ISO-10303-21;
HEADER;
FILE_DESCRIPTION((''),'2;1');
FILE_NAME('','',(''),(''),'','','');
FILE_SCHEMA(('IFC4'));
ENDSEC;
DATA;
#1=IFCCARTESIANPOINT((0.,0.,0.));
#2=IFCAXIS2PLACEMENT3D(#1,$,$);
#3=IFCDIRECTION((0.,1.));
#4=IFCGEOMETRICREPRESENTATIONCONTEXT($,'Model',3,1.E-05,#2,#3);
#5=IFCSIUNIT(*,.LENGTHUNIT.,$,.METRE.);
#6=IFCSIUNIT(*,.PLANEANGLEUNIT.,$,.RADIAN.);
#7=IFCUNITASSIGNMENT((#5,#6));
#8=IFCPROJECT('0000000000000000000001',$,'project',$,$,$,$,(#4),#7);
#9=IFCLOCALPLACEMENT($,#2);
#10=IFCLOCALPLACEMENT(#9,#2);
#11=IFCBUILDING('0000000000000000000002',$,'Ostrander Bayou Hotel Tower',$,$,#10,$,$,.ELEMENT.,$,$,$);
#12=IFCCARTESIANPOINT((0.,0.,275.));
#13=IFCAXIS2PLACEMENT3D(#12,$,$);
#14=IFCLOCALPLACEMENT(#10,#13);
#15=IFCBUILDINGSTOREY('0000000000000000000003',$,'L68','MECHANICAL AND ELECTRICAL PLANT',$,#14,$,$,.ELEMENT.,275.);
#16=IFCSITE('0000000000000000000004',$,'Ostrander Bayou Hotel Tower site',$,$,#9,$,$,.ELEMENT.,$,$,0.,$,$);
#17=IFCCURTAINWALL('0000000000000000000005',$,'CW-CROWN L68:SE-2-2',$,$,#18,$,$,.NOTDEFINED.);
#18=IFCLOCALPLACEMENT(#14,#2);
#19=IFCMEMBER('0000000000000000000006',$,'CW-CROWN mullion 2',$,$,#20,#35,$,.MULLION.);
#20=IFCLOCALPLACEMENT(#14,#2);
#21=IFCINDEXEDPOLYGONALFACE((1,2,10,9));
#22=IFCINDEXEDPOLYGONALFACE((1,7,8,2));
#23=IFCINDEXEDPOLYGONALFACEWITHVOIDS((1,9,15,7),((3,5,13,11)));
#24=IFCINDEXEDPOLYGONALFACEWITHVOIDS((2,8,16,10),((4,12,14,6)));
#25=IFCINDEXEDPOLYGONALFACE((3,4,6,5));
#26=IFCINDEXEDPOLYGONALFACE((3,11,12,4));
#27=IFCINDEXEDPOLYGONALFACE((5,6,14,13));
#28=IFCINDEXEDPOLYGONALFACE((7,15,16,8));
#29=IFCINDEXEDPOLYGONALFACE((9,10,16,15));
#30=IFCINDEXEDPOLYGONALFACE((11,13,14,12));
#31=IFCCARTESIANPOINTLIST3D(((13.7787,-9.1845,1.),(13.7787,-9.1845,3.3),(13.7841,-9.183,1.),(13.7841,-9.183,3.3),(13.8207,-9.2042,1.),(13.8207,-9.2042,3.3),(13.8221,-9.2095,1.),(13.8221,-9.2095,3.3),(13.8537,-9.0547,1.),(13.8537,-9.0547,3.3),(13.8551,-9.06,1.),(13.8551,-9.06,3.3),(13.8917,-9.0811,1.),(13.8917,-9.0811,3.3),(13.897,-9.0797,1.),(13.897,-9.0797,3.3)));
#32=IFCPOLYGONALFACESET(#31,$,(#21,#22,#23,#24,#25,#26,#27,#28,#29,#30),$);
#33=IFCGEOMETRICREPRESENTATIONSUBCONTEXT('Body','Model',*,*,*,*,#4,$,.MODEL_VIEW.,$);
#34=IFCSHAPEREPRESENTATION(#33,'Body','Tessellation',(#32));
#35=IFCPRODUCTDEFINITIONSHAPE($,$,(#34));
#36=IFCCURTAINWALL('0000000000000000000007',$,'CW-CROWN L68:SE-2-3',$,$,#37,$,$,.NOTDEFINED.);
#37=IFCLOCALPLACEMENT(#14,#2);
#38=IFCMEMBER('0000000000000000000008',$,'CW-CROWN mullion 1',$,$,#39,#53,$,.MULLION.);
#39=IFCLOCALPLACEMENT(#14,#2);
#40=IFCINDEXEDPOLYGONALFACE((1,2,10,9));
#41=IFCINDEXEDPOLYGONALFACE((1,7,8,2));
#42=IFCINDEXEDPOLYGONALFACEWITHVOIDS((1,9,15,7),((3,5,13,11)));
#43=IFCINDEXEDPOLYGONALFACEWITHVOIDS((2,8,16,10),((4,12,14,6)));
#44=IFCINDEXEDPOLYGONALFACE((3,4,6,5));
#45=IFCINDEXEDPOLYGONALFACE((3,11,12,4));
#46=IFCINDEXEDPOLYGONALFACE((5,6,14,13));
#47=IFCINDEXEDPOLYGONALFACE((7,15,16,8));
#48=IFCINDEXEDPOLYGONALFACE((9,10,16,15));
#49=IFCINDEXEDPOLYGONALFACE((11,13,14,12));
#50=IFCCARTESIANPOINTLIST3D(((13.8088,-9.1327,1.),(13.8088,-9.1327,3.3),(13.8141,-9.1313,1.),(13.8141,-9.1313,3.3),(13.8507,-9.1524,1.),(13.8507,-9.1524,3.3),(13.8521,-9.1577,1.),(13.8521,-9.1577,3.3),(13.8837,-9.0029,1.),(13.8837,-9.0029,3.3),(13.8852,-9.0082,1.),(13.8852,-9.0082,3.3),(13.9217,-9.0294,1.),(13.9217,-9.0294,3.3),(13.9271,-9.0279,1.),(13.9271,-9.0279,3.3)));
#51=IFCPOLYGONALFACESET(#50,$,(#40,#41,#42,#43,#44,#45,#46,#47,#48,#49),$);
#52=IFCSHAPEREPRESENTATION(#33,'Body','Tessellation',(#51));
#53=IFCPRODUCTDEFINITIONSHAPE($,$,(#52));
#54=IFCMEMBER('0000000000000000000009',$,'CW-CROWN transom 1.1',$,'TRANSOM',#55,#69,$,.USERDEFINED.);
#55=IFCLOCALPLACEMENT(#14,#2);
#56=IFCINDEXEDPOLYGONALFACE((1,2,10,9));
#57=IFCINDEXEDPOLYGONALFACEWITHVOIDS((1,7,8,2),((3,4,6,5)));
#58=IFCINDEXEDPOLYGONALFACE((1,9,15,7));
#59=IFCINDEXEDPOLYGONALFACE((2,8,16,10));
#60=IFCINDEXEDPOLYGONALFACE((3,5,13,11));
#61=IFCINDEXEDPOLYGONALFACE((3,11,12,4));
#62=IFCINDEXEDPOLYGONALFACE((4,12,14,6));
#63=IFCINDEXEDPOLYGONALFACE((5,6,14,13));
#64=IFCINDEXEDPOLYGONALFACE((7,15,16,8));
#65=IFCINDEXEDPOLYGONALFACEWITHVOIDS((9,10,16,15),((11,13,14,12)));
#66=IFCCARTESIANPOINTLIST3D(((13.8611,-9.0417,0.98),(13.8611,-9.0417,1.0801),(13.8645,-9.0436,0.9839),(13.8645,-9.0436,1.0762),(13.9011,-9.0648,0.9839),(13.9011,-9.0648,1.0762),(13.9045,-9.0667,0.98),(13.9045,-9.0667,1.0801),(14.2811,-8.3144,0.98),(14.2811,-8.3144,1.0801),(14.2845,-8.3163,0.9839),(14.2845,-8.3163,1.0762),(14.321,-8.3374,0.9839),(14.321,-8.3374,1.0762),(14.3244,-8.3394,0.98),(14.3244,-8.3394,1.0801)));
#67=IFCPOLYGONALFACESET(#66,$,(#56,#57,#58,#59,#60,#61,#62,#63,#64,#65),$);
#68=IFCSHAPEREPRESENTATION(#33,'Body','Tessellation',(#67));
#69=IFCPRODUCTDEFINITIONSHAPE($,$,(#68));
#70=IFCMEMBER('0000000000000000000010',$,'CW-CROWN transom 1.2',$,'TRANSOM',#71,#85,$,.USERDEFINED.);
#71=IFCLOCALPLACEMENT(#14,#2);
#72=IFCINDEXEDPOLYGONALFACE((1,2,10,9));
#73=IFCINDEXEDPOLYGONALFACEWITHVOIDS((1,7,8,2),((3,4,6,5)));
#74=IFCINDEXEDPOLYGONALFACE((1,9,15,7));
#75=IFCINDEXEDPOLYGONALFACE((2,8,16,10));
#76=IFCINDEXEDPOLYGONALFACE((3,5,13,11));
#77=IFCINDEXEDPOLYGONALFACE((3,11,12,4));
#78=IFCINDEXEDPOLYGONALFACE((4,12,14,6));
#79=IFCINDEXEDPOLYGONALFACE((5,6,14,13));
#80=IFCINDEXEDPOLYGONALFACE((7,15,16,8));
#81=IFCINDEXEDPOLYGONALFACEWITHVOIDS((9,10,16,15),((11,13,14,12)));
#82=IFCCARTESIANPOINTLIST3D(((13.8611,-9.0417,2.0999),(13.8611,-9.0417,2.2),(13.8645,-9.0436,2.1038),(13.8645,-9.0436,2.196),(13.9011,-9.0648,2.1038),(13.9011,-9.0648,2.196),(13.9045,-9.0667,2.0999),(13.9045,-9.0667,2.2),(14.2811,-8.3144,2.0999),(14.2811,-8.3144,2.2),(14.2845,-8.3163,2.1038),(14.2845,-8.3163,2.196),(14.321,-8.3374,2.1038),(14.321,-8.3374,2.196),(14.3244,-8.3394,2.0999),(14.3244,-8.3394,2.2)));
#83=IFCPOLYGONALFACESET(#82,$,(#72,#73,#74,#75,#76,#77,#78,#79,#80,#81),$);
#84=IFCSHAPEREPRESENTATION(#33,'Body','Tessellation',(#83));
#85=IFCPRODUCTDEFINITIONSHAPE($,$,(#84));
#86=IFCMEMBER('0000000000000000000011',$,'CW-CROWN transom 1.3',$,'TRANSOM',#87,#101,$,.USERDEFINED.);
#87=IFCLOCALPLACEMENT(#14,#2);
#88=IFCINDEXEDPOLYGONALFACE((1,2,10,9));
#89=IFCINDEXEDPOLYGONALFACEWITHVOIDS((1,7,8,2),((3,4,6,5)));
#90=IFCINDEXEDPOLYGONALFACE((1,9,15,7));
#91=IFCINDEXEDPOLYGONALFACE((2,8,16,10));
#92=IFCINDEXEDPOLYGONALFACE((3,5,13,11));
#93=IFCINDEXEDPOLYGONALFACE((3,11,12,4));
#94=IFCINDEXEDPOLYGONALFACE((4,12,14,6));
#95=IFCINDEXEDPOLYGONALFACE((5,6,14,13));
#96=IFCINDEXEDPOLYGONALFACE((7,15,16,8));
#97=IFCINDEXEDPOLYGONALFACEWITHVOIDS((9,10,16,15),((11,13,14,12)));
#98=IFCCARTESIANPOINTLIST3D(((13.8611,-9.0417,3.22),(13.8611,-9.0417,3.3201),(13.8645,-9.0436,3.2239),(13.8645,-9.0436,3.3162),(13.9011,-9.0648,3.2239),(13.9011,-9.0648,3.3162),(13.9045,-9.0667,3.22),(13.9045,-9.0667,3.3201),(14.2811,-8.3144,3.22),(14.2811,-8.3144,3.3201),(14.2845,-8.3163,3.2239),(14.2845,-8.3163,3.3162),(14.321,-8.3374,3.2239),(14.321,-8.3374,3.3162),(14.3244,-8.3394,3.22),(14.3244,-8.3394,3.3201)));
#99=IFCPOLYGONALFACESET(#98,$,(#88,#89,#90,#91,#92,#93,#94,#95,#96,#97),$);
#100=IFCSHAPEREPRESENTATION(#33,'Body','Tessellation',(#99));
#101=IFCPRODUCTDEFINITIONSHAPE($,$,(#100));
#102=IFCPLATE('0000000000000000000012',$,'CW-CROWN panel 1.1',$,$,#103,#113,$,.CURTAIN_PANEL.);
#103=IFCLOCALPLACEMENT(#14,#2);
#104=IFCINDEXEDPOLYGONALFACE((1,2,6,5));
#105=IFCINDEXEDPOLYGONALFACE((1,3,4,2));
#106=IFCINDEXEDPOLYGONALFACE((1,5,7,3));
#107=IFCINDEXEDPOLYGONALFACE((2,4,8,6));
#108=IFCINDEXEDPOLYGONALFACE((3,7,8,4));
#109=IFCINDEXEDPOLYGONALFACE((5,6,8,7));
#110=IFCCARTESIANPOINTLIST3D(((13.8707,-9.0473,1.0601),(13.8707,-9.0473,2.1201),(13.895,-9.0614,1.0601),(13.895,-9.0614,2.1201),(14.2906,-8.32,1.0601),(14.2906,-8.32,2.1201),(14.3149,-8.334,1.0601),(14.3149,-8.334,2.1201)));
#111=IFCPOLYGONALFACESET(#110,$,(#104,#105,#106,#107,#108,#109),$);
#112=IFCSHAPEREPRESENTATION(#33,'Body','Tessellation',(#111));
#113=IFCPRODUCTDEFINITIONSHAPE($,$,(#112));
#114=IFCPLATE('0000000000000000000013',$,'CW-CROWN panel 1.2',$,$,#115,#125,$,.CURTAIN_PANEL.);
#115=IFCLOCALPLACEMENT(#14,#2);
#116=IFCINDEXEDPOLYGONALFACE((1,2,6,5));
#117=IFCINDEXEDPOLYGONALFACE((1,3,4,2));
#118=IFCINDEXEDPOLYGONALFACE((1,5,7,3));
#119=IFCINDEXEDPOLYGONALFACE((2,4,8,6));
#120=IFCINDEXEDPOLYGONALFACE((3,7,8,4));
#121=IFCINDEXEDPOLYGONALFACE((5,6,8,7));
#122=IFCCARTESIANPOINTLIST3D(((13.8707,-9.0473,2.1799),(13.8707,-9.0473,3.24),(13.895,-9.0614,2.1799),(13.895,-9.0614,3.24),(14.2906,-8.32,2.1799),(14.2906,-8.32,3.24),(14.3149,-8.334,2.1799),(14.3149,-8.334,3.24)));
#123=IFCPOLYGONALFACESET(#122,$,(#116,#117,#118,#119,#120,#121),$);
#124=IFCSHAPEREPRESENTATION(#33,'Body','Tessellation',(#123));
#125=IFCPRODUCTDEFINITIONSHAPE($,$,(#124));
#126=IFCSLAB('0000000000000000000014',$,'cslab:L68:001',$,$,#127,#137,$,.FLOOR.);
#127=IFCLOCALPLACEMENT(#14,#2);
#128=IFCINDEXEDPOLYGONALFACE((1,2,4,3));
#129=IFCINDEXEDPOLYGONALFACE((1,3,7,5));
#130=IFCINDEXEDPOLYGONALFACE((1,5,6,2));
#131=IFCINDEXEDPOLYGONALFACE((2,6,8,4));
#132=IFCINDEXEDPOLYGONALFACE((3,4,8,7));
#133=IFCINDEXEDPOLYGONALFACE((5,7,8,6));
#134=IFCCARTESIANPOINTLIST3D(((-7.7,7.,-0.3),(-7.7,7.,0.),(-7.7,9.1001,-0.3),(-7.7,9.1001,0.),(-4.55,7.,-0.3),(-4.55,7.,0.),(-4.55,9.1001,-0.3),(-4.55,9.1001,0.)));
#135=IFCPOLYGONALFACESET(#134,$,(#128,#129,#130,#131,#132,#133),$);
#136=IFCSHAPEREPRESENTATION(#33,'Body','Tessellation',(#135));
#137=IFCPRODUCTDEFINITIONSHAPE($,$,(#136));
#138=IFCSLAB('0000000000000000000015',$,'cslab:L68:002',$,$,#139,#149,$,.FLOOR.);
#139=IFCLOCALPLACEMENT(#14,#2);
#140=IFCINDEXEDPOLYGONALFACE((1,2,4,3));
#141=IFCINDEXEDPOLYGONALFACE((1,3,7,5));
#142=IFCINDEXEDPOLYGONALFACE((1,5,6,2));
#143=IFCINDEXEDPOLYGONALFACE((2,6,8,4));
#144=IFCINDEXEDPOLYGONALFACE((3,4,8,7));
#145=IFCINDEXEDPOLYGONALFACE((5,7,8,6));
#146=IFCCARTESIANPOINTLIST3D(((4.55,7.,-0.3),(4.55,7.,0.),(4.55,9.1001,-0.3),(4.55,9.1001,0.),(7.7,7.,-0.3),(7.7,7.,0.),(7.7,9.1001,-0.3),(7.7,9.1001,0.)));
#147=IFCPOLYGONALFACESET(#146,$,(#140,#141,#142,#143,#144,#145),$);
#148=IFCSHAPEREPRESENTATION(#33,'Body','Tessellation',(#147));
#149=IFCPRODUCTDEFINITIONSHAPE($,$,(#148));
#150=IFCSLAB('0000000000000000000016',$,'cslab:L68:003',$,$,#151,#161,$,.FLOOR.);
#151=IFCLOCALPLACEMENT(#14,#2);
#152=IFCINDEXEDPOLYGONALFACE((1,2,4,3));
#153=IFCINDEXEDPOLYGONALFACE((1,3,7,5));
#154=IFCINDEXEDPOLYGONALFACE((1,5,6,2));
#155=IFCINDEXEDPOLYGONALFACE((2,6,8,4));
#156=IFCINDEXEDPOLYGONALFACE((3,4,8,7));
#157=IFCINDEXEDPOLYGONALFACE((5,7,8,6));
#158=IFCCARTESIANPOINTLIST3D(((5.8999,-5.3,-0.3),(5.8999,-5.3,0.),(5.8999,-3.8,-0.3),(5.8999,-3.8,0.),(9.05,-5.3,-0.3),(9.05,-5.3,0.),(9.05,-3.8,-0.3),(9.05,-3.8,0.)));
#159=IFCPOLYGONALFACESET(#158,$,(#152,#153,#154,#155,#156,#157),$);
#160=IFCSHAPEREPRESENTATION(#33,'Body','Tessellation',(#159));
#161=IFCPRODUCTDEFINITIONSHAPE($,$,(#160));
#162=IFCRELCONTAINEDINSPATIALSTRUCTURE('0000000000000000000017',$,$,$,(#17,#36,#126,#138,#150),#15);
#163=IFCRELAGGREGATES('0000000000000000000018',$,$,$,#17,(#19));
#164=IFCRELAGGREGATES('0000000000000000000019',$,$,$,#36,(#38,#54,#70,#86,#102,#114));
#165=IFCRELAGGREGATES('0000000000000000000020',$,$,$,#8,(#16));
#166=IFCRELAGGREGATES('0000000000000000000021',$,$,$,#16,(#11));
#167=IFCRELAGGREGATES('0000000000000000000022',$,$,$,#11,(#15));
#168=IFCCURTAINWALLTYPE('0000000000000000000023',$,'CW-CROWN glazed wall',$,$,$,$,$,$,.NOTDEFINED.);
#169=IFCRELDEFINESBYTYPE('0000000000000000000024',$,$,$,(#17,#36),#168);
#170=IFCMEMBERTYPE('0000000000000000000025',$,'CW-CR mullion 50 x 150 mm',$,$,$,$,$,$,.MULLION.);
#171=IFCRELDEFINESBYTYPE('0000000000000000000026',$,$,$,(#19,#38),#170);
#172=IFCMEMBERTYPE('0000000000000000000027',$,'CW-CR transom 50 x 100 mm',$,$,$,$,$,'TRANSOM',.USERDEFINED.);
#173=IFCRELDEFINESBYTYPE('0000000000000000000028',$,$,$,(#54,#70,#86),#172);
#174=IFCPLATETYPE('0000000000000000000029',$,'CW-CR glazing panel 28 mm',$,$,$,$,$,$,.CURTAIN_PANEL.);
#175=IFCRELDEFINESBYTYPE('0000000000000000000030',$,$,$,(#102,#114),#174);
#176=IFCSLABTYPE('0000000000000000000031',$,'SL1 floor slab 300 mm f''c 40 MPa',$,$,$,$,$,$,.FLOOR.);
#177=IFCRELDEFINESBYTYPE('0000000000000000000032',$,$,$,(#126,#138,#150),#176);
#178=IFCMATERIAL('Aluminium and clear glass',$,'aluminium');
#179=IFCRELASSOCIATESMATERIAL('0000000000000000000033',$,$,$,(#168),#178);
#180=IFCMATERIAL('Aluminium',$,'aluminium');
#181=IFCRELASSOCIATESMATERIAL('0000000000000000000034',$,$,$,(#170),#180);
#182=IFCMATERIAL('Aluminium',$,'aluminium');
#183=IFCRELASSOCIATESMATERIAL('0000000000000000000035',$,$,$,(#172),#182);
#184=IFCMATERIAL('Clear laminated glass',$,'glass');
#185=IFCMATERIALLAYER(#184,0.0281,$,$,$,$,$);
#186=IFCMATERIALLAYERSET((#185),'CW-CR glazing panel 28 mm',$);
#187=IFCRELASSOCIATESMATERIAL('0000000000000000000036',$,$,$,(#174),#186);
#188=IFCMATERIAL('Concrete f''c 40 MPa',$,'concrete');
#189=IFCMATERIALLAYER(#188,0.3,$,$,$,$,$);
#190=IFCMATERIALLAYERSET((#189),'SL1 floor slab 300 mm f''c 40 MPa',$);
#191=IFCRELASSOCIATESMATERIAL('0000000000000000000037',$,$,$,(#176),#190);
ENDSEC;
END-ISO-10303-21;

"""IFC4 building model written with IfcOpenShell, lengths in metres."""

from ifc_helpers import new_model, si_unit, direction, frame, origin, origin_2d, place, context, subcontext, project, spatial, polyline, rectangle, hollow_rectangle, outline, extrude, material, layer, layer_set, material_profile, profile_set, type_object, element, aggregate, save


model = new_model("IFC4")

# Units and contexts
model_context = context("Model", 3, precision=1e-05, world=origin(), true_north=direction((0.0, 1.0)))
body_context = subcontext(model_context, "Body", "Model", "MODEL_VIEW")
ifc_project = project(units=[si_unit("LENGTHUNIT", "METRE"), si_unit("PLANEANGLEUNIT", "RADIAN")], contexts=[model_context])

# Site, building, storey
site_placement = place(None, origin())
site = spatial("IfcSite", under=ifc_project, at=site_placement, Name="Ostrander Bayou Hotel Tower site", CompositionType="ELEMENT", RefElevation=0.0)
building_placement = place(site_placement, origin())
building = spatial("IfcBuilding", under=site, at=building_placement, Name="Ostrander Bayou Hotel Tower", CompositionType="ELEMENT")
storey_placement = place(building_placement, frame((0.0, 0.0, 275.0)))
storey = spatial("IfcBuildingStorey", under=building, at=storey_placement, Name="L68", Description="MECHANICAL AND ELECTRICAL PLANT", CompositionType="ELEMENT", Elevation=275.0)

# Curtain wall, member
ifc_material_1 = material(Name="Aluminium and clear glass", Category="aluminium")
curtain_wall_type = type_object("IfcCurtainWallType", Name="CW-CROWN glazed wall", PredefinedType="NOTDEFINED", material=ifc_material_1)
curtain_wall_1_placement = place(storey_placement, origin())
curtain_wall_1 = element("IfcCurtainWall", 1, at=curtain_wall_1_placement, inside=storey, type_object=curtain_wall_type, Name="CW-CROWN L68:SE-2-2", PredefinedType="NOTDEFINED")
ifc_material_2 = material(Name="Aluminium", Category="aluminium")
ifc_material_profile_1 = material_profile(ifc_material_2, hollow_rectangle(XDim=0.05, YDim=0.1499, WallThickness=0.0039, at=origin_2d()))
ifc_profile_set_1 = profile_set([ifc_material_profile_1], Name="Aluminium")
member_type_1 = type_object("IfcMemberType", Name="CW-CR mullion 50 x 150 mm", PredefinedType="MULLION", material=ifc_profile_set_1)
member_1_placement = place(storey_placement, frame((13.8379, -9.1321, 1.0), z_axis=(0.0, 0.0, 1.0), x_axis=(-0.866022, 0.500005, 0.0)))
member_1 = element("IfcMember", 2, at=member_1_placement, type_object=member_type_1, Name="CW-CROWN mullion 2", PredefinedType="MULLION", context=body_context, shape_type="SweptSolid", body=[
    extrude(hollow_rectangle(XDim=0.05, YDim=0.1499, WallThickness=0.0039, at=origin_2d()), origin(), (0.0, 0.0, 1.0), 2.3),
])
aggregate(curtain_wall_1, [member_1])

# Curtain wall, members, plates
curtain_wall_2_placement = place(storey_placement, origin())
curtain_wall_2 = element("IfcCurtainWall", 3, at=curtain_wall_2_placement, inside=storey, type_object=curtain_wall_type, Name="CW-CROWN L68:SE-2-3", PredefinedType="NOTDEFINED")
member_2_placement = place(storey_placement, frame((13.8679, -9.0803, 1.0), z_axis=(0.0, 0.0, 1.0), x_axis=(-0.866022, 0.500005, 0.0)))
member_2 = element("IfcMember", 4, at=member_2_placement, type_object=member_type_1, Name="CW-CROWN mullion 1", PredefinedType="MULLION", context=body_context, shape_type="SweptSolid", body=[
    extrude(hollow_rectangle(XDim=0.05, YDim=0.1499, WallThickness=0.0039, at=origin_2d()), origin(), (0.0, 0.0, 1.0), 2.3),
])
ifc_material_3 = material(Name="Aluminium", Category="aluminium")
ifc_material_profile_2 = material_profile(ifc_material_3, hollow_rectangle(XDim=0.05, YDim=0.1001, WallThickness=0.0039, at=origin_2d()))
ifc_profile_set_2 = profile_set([ifc_material_profile_2], Name="Aluminium")
member_type_2 = type_object("IfcMemberType", Name="CW-CR transom 50 x 100 mm", ElementType="TRANSOM", PredefinedType="USERDEFINED", material=ifc_profile_set_2)
member_3_placement = place(storey_placement, frame((13.8828, -9.0542, 1.03), z_axis=(0.500016, 0.866016, 0.0), x_axis=(-0.866016, 0.500016, 0.0)))
member_3 = element("IfcMember", 5, at=member_3_placement, type_object=member_type_2, Name="CW-CROWN transom 1.1", ObjectType="TRANSOM", PredefinedType="USERDEFINED", context=body_context, shape_type="SweptSolid", body=[
    extrude(hollow_rectangle(XDim=0.05, YDim=0.1001, WallThickness=0.0039, at=origin_2d()), origin(), (0.0, 0.0, 1.0), 0.8398),
])
member_4_placement = place(storey_placement, frame((13.8828, -9.0542, 2.1499), z_axis=(0.500016, 0.866016, 0.0), x_axis=(-0.866016, 0.500016, 0.0)))
member_4 = element("IfcMember", 6, at=member_4_placement, type_object=member_type_2, Name="CW-CROWN transom 1.2", ObjectType="TRANSOM", PredefinedType="USERDEFINED", context=body_context, shape_type="SweptSolid", body=[
    extrude(hollow_rectangle(XDim=0.05, YDim=0.1001, WallThickness=0.0039, at=origin_2d()), origin(), (0.0, 0.0, 1.0), 0.8398),
])
member_5_placement = place(storey_placement, frame((13.8828, -9.0542, 3.27), z_axis=(0.500016, 0.866016, 0.0), x_axis=(-0.866016, 0.500016, 0.0)))
member_5 = element("IfcMember", 7, at=member_5_placement, type_object=member_type_2, Name="CW-CROWN transom 1.3", ObjectType="TRANSOM", PredefinedType="USERDEFINED", context=body_context, shape_type="SweptSolid", body=[
    extrude(hollow_rectangle(XDim=0.05, YDim=0.1001, WallThickness=0.0039, at=origin_2d()), origin(), (0.0, 0.0, 1.0), 0.8398),
])
ifc_material_4 = material(Name="Clear laminated glass", Category="glass")
ifc_layer_1 = layer(ifc_material_4, 0.0281)
ifc_layer_set_1 = layer_set([ifc_layer_1], Name="CW-CR glazing panel 28 mm")
plate_type = type_object("IfcPlateType", Name="CW-CR glazing panel 28 mm", PredefinedType="CURTAIN_PANEL", material=ifc_layer_set_1)
plate_1_placement = place(storey_placement, frame((14.0928, -8.6907, 1.0601), z_axis=(0.0, 0.0, 1.0), x_axis=(0.500005, 0.866022, 0.0)))
plate_1 = element("IfcPlate", 8, at=plate_1_placement, type_object=plate_type, Name="CW-CROWN panel 1.1", PredefinedType="CURTAIN_PANEL", context=body_context, shape_type="SweptSolid", body=[
    extrude(rectangle(XDim=0.8398, YDim=0.0281, at=origin_2d()), origin(), (0.0, 0.0, 1.0), 1.0601),
])
plate_2_placement = place(storey_placement, frame((14.0928, -8.6907, 2.1799), z_axis=(0.0, 0.0, 1.0), x_axis=(0.500005, 0.866022, 0.0)))
plate_2 = element("IfcPlate", 9, at=plate_2_placement, type_object=plate_type, Name="CW-CROWN panel 1.2", PredefinedType="CURTAIN_PANEL", context=body_context, shape_type="SweptSolid", body=[
    extrude(rectangle(XDim=0.8398, YDim=0.0281, at=origin_2d()), origin(), (0.0, 0.0, 1.0), 1.0601),
])
aggregate(curtain_wall_2, [member_2, member_3, member_4, member_5, plate_1, plate_2])

# Slabs
ifc_material_5 = material(Name="Concrete f'c 40 MPa", Category="concrete")
ifc_layer_2 = layer(ifc_material_5, 0.3)
ifc_layer_set_2 = layer_set([ifc_layer_2], Name="SL1 floor slab 300 mm f'c 40 MPa")
slab_type = type_object("IfcSlabType", Name="SL1 floor slab 300 mm f'c 40 MPa", PredefinedType="FLOOR", material=ifc_layer_set_2)
slab_1_placement = place(storey_placement, frame((0.0, 0.0, -0.3)))
element("IfcSlab", 10, at=slab_1_placement, inside=storey, type_object=slab_type, Name="cslab:L68:001", PredefinedType="FLOOR", context=body_context, shape_type="SweptSolid", body=[
    extrude(outline(polyline([(-7.7, 7.0), (-7.7, 9.1001), (-4.55, 9.1001), (-4.55, 7.0), (-7.7, 7.0)])), origin(), (0.0, 0.0, 1.0), 0.3),
])
slab_2_placement = place(storey_placement, frame((0.0, 0.0, -0.3)))
element("IfcSlab", 11, at=slab_2_placement, inside=storey, type_object=slab_type, Name="cslab:L68:002", PredefinedType="FLOOR", context=body_context, shape_type="SweptSolid", body=[
    extrude(outline(polyline([(4.55, 7.0), (4.55, 9.1001), (7.7, 9.1001), (7.7, 7.0), (4.55, 7.0)])), origin(), (0.0, 0.0, 1.0), 0.3),
])
slab_3_placement = place(storey_placement, frame((0.0, 0.0, -0.3)))
element("IfcSlab", 12, at=slab_3_placement, inside=storey, type_object=slab_type, Name="cslab:L68:003", PredefinedType="FLOOR", context=body_context, shape_type="SweptSolid", body=[
    extrude(outline(polyline([(9.05, -5.3), (9.05, -3.8), (5.8999, -3.8), (5.8999, -5.3), (9.05, -5.3)])), origin(), (0.0, 0.0, 1.0), 0.3),
])

save(model, "model.ifc")
